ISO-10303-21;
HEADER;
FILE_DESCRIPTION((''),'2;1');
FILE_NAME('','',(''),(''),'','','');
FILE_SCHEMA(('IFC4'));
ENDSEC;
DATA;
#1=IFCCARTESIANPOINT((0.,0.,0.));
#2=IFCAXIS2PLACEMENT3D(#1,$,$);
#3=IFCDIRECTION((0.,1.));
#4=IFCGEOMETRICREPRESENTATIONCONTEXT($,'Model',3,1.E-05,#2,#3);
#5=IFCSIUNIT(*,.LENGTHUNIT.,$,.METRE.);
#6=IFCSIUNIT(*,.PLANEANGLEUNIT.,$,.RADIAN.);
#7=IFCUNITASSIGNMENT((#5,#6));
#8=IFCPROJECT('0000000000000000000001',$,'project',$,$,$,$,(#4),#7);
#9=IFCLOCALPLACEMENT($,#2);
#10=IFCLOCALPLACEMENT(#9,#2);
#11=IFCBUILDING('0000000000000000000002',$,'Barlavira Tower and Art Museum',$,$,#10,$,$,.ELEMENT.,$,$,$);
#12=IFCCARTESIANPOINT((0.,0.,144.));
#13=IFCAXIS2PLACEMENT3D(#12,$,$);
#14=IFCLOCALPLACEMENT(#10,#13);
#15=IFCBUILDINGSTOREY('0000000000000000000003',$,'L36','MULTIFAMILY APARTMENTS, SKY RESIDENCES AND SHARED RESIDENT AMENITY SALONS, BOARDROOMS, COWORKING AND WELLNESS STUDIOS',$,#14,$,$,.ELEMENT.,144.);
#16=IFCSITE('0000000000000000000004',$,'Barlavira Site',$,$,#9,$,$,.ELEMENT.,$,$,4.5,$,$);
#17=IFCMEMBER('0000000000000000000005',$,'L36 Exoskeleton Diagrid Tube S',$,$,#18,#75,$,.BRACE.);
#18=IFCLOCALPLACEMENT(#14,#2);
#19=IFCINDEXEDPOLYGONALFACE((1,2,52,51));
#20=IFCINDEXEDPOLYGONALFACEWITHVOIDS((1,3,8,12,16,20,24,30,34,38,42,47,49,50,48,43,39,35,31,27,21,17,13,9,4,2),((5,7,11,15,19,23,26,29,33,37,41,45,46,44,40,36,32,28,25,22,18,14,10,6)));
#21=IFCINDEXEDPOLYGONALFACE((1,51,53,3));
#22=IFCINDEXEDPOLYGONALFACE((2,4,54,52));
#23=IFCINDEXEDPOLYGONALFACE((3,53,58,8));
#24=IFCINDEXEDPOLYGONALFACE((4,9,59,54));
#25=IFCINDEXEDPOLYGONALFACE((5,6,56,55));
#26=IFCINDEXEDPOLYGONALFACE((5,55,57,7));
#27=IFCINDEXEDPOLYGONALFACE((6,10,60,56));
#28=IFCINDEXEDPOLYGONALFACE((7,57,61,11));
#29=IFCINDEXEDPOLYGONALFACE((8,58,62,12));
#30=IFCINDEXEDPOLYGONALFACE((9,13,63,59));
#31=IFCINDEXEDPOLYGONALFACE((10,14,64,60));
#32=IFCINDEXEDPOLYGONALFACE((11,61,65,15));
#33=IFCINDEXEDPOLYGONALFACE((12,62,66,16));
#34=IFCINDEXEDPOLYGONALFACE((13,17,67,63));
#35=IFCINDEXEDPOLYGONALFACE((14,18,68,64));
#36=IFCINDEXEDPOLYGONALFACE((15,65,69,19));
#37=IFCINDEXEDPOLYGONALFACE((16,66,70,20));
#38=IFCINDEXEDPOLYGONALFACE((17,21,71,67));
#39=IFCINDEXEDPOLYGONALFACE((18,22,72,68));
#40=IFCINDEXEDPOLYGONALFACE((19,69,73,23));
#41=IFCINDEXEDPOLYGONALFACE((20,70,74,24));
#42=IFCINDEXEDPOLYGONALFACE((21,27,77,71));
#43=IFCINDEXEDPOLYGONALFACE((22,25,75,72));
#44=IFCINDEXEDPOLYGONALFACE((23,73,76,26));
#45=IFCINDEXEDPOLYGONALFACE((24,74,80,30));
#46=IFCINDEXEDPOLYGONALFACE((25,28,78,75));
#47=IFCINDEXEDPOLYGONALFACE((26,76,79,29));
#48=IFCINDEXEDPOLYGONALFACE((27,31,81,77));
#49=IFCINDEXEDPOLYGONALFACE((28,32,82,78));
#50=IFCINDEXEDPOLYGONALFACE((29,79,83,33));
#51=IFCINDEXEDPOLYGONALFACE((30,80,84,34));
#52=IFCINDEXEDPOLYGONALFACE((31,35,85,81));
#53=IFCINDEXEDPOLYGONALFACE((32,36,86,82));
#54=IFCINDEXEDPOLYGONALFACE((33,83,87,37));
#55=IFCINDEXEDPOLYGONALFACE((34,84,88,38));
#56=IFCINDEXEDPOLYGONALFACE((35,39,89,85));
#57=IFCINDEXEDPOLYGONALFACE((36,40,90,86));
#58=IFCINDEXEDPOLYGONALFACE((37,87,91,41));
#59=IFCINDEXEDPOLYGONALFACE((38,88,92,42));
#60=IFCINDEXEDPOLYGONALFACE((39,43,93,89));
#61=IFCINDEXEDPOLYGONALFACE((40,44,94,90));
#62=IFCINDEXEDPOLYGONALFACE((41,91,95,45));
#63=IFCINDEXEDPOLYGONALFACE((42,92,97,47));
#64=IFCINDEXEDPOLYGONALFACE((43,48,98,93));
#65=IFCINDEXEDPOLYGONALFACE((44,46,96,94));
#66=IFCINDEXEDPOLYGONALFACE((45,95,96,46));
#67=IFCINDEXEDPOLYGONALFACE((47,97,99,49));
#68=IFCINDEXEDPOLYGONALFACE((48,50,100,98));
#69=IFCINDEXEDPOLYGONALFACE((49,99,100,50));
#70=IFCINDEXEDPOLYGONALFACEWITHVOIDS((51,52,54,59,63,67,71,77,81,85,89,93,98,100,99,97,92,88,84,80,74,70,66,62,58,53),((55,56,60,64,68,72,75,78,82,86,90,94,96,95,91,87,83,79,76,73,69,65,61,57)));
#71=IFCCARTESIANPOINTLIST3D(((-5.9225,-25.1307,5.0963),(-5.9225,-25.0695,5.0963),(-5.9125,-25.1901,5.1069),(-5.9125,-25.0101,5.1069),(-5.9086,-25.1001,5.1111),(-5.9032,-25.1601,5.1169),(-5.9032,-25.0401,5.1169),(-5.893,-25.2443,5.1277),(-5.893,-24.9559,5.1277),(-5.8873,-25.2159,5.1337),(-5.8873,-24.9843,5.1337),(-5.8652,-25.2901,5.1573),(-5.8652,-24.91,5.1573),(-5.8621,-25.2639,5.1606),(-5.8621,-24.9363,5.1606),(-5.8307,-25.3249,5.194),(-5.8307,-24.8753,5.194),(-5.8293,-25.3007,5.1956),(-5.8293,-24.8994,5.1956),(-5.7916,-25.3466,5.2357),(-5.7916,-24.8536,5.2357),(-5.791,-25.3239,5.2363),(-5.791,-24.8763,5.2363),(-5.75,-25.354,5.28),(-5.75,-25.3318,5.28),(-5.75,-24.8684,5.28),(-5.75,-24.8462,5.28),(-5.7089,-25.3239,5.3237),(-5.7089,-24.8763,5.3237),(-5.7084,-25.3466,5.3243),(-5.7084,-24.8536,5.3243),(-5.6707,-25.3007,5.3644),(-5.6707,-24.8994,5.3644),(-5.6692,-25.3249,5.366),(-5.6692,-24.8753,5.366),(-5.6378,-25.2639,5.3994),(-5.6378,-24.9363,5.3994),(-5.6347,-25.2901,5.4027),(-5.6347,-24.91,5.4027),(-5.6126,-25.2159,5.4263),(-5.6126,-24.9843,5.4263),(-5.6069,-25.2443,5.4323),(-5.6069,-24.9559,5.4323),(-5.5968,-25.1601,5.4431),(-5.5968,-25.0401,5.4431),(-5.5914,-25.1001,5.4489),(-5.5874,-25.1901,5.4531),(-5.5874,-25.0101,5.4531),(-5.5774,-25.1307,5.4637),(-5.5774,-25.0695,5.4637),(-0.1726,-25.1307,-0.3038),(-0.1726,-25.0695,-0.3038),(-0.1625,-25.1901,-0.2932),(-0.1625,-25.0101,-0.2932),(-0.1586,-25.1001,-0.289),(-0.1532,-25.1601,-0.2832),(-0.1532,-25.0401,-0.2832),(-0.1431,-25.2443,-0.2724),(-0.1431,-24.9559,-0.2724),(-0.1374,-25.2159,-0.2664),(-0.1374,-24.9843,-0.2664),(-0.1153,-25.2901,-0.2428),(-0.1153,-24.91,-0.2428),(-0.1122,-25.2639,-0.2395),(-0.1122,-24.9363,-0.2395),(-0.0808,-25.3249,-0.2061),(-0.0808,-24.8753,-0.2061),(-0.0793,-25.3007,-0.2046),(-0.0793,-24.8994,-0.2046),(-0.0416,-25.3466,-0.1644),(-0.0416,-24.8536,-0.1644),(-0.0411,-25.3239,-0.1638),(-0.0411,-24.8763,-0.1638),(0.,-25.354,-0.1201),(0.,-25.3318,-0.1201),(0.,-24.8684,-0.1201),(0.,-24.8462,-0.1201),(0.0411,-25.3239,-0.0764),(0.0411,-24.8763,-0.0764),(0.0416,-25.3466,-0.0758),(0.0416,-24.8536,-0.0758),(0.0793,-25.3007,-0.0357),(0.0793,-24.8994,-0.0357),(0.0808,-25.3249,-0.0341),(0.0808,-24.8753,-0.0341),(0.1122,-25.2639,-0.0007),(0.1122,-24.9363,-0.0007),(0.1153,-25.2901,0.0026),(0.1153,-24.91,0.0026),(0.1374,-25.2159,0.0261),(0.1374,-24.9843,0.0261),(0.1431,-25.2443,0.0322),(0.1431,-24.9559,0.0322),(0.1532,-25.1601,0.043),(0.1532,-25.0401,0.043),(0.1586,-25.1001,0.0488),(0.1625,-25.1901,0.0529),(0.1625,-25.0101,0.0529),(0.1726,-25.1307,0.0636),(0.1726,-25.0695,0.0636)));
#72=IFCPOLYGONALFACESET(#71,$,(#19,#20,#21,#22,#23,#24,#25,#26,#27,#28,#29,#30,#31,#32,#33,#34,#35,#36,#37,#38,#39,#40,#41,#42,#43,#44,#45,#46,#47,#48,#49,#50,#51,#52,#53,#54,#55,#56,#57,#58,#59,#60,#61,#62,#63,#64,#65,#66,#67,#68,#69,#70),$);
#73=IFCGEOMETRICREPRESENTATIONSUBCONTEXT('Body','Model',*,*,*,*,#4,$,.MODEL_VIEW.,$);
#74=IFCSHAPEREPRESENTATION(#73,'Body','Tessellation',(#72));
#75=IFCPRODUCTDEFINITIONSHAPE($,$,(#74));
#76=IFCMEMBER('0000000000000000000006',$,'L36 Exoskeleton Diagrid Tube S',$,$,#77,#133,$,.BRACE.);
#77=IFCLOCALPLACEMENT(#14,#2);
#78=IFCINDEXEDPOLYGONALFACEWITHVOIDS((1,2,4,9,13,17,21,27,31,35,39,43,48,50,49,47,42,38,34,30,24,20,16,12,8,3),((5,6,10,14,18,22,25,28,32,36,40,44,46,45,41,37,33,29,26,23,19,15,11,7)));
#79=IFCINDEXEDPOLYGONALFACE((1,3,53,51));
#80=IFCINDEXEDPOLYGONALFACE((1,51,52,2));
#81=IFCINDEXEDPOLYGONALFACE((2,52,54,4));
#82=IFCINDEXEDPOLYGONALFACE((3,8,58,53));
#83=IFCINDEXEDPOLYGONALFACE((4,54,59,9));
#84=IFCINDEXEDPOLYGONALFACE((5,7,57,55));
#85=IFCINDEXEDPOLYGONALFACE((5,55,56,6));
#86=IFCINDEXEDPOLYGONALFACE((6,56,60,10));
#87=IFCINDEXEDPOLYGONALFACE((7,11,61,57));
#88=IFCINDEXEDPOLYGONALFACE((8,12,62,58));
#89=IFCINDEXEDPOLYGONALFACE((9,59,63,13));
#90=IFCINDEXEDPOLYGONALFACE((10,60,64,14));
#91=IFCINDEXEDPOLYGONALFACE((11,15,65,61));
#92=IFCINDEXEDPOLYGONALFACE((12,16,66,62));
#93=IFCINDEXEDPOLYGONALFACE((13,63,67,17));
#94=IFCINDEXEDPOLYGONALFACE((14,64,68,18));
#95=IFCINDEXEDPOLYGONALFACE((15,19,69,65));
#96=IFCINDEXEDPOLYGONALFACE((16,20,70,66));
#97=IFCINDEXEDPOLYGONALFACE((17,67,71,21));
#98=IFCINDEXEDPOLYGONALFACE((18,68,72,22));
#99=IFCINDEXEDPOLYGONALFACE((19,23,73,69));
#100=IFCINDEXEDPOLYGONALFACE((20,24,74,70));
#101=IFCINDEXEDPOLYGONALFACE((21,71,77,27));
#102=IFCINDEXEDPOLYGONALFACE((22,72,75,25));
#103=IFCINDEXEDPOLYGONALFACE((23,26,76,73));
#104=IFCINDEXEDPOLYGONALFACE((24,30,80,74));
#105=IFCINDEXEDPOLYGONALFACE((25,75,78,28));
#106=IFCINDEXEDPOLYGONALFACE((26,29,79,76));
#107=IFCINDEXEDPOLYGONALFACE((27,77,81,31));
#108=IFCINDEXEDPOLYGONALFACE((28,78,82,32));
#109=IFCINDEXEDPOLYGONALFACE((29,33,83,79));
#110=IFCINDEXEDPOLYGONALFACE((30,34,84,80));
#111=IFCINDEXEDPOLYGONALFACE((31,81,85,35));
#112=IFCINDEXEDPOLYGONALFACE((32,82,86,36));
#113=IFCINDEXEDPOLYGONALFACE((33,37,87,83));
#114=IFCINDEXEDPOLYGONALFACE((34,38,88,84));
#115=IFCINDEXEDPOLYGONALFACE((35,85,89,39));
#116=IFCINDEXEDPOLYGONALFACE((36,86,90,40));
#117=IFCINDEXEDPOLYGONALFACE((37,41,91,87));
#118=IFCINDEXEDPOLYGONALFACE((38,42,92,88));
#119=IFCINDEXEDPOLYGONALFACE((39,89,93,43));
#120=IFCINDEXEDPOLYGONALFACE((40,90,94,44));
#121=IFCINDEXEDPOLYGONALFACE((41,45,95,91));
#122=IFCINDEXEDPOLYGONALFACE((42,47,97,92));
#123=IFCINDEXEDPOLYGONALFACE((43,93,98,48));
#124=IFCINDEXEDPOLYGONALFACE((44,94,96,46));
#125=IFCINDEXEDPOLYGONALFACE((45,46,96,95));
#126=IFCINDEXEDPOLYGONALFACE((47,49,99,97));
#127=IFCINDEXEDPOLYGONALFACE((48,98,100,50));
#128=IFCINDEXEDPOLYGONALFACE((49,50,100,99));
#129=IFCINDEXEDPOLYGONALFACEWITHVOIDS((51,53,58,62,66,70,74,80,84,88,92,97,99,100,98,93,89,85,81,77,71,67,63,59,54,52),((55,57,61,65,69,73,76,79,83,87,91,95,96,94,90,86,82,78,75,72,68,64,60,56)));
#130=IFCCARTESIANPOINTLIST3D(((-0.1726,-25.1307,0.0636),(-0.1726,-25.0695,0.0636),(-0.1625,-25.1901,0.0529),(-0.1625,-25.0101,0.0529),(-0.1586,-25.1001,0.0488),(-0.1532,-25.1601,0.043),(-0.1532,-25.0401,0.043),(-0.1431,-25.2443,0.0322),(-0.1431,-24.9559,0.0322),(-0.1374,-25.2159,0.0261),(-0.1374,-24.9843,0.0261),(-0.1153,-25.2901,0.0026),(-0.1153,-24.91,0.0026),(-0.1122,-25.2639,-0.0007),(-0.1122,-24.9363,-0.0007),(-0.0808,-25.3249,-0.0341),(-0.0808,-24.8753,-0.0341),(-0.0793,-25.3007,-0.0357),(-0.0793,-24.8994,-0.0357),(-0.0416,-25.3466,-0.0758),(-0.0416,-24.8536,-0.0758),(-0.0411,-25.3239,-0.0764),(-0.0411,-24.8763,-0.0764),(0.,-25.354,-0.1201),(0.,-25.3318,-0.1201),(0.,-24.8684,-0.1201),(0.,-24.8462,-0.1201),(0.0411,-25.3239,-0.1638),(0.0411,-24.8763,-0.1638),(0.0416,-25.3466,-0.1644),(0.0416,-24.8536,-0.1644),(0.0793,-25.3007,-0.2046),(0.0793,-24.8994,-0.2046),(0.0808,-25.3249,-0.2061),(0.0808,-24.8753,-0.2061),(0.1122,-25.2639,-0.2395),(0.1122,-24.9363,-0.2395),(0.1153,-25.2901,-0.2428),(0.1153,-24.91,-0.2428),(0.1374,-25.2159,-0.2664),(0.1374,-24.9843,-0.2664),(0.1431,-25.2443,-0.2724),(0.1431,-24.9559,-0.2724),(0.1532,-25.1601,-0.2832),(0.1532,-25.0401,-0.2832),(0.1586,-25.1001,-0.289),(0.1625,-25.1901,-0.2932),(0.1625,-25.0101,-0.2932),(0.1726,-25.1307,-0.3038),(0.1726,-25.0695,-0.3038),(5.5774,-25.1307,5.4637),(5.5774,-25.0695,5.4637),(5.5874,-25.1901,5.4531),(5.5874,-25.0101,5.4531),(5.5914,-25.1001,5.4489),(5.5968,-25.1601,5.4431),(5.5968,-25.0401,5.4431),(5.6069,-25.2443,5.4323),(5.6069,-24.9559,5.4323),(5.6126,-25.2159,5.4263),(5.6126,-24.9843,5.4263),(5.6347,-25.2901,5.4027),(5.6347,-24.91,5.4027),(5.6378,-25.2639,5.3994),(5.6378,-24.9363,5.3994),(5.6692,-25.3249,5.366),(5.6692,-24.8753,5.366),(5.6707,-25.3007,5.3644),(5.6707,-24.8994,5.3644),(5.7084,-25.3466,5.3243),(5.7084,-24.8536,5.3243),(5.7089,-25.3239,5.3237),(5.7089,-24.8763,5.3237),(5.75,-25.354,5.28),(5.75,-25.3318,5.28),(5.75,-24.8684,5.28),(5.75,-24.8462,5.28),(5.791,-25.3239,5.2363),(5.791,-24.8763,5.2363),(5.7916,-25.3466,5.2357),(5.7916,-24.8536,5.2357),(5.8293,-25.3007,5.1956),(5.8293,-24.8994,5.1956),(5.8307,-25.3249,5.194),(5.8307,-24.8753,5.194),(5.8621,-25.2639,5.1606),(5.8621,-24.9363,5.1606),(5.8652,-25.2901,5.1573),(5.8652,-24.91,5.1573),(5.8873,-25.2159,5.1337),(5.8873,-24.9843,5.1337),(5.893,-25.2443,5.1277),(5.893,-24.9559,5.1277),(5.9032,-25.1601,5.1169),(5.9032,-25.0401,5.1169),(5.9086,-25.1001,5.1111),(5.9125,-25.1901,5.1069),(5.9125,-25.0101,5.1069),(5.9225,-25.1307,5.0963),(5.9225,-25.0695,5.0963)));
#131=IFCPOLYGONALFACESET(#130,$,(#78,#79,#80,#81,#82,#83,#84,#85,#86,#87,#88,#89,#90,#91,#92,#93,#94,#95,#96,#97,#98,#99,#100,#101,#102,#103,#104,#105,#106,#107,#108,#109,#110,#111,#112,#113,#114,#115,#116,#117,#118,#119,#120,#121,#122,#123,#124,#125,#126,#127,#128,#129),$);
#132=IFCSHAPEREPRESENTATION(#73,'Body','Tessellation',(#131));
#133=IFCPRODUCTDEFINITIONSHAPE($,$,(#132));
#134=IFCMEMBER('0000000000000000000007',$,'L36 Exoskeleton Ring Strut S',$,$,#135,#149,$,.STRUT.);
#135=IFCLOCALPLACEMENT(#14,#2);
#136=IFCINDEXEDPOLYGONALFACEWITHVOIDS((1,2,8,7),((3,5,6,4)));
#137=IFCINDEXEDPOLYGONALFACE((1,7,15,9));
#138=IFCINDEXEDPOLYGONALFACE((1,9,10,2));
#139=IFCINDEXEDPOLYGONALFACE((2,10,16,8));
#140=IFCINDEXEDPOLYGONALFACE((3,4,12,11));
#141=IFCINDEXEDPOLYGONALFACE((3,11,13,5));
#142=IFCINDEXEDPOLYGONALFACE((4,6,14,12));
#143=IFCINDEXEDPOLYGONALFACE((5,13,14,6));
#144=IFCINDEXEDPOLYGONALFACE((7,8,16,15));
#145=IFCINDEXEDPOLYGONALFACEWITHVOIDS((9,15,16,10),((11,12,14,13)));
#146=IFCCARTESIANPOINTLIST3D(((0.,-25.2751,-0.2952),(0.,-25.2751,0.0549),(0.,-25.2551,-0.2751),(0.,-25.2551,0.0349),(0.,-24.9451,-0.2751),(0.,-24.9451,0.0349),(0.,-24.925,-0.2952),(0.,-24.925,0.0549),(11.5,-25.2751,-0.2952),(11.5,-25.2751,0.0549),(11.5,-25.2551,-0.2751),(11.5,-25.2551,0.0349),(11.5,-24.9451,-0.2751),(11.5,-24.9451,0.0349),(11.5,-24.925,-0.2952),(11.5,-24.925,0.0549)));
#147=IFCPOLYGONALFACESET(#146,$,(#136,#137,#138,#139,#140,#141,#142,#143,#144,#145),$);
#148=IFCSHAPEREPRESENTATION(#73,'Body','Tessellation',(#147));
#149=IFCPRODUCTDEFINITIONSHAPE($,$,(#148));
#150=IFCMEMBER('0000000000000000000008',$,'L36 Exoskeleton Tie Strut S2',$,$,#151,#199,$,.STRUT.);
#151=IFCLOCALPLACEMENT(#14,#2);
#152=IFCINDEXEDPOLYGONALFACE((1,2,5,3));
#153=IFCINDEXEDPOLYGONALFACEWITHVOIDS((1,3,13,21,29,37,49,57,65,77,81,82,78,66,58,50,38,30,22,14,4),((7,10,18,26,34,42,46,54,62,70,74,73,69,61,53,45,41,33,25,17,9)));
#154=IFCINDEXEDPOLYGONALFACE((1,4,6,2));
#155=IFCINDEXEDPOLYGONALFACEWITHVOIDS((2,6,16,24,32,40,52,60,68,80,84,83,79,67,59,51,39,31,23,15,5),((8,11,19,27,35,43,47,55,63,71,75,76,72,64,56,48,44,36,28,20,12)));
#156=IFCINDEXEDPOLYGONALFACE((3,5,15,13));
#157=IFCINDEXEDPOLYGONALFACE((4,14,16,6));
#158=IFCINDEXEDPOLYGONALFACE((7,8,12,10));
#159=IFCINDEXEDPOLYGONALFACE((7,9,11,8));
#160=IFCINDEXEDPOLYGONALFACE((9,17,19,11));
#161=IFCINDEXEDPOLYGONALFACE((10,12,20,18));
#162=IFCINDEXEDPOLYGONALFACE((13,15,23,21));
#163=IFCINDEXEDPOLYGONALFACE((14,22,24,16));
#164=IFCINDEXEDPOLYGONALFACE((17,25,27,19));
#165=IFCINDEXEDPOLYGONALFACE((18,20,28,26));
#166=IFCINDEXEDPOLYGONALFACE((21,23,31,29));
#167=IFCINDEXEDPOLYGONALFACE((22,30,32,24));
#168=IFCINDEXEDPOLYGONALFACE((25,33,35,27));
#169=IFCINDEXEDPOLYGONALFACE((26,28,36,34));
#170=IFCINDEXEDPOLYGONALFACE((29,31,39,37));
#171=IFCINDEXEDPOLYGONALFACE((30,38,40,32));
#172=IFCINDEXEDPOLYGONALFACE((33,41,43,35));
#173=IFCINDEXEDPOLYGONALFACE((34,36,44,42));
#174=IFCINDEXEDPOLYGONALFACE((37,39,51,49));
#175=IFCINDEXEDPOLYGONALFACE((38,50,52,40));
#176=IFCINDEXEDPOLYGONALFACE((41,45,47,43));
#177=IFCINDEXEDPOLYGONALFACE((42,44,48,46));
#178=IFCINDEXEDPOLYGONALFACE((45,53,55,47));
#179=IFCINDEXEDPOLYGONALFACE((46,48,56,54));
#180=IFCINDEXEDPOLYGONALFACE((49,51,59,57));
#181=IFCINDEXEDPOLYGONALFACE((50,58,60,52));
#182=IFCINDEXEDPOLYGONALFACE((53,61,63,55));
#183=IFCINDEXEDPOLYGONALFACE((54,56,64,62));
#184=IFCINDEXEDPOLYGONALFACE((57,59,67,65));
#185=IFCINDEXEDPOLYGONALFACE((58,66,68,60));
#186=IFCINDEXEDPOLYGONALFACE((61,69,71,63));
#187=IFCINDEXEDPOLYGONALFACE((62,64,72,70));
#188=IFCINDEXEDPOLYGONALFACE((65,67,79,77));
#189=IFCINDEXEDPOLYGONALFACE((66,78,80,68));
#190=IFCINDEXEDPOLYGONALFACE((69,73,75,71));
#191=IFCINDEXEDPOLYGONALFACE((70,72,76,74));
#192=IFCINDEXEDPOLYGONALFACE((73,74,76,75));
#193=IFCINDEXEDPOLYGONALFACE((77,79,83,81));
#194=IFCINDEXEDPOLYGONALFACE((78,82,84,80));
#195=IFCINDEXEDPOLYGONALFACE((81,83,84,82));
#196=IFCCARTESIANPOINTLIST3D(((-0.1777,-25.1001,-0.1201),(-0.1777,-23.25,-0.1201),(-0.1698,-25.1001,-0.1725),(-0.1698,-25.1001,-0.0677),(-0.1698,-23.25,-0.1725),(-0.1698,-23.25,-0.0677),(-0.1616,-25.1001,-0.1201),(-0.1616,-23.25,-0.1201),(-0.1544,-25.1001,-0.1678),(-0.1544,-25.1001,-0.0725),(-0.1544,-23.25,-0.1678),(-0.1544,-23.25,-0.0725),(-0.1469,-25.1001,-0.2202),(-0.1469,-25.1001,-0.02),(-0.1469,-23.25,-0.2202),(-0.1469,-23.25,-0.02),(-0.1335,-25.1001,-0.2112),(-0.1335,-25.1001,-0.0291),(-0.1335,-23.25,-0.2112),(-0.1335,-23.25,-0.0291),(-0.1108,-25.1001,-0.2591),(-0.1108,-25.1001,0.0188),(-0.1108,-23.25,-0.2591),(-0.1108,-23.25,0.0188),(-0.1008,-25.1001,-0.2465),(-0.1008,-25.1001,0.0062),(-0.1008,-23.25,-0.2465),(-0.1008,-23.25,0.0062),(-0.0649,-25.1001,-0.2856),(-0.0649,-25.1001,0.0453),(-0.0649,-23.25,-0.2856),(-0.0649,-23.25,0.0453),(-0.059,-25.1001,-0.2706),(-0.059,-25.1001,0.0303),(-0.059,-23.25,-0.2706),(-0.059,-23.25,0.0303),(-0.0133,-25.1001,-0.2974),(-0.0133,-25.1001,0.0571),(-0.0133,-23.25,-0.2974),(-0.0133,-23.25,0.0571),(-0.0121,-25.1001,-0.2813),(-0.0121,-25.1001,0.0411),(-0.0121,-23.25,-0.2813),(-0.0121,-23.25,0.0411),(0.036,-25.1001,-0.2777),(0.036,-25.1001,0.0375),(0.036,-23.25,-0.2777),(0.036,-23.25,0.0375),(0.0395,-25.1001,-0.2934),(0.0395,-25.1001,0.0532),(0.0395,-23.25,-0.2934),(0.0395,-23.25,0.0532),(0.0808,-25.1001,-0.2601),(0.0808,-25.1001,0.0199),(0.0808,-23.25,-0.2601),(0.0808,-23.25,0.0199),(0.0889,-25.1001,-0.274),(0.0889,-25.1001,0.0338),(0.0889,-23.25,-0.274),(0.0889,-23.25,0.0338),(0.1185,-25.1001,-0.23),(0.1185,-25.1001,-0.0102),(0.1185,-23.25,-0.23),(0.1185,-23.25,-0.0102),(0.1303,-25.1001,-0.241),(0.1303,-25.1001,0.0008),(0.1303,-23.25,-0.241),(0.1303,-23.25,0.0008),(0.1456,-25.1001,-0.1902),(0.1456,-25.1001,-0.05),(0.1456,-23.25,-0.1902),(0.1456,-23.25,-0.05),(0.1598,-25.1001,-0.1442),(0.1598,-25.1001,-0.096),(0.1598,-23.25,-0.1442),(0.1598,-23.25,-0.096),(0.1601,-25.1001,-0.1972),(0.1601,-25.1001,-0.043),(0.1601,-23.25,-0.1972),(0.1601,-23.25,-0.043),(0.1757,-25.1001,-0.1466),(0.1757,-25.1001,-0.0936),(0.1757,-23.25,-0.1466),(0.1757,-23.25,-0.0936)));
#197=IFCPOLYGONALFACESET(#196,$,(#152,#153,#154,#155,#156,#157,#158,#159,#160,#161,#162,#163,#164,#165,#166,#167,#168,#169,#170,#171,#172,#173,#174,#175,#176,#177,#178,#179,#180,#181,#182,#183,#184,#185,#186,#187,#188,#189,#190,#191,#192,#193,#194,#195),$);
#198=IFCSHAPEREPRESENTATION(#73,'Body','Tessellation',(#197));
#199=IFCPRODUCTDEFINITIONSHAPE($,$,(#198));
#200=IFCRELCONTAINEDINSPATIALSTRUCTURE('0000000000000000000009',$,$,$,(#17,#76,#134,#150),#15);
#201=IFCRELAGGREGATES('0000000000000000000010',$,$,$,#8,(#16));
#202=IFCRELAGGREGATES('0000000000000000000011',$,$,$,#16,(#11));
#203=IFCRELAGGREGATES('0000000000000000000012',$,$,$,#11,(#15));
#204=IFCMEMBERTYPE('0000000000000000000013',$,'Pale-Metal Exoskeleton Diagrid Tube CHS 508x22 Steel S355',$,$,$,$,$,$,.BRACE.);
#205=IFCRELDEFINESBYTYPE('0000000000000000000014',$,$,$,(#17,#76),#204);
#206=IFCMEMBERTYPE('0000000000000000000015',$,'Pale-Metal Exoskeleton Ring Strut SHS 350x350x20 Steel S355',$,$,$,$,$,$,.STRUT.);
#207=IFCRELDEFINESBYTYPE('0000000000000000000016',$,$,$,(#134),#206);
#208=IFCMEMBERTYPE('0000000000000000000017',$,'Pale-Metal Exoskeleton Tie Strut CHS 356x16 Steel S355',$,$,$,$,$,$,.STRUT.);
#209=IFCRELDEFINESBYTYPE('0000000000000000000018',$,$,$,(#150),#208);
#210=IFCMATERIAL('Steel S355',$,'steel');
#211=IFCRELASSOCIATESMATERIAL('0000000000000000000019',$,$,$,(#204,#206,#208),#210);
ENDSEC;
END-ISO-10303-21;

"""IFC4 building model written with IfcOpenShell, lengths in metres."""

from ifc_helpers import new_model, si_unit, direction, frame, origin, origin_2d, place, context, subcontext, project, spatial, hollow_rectangle, hollow_circle, extrude, material, material_profile, profile_set, type_object, element, save


model = new_model("IFC4")

# Units and contexts
model_context = context("Model", 3, precision=1e-05, world=origin(), true_north=direction((0.0, 1.0)))
body_context = subcontext(model_context, "Body", "Model", "MODEL_VIEW")
ifc_project = project(units=[si_unit("LENGTHUNIT", "METRE"), si_unit("PLANEANGLEUNIT", "RADIAN")], contexts=[model_context])

# Site, building, storey
site_placement = place(None, origin())
site = spatial("IfcSite", under=ifc_project, at=site_placement, Name="Barlavira Site", CompositionType="ELEMENT", RefElevation=4.5)
building_placement = place(site_placement, origin())
building = spatial("IfcBuilding", under=site, at=building_placement, Name="Barlavira Tower and Art Museum", CompositionType="ELEMENT")
storey_placement = place(building_placement, frame((0.0, 0.0, 144.0)))
storey = spatial("IfcBuildingStorey", under=building, at=storey_placement, Name="L36", Description="MULTIFAMILY APARTMENTS, SKY RESIDENCES AND SHARED RESIDENT AMENITY SALONS, BOARDROOMS, COWORKING AND WELLNESS STUDIOS", CompositionType="ELEMENT", Elevation=144.0)

# Members
ifc_material_1 = material(Name="Steel S355", Category="steel")
ifc_material_profile_1 = material_profile(ifc_material_1, hollow_circle(Radius=0.2539, WallThickness=0.0222, at=origin_2d()), Name="CHS 508.0x22.2")
ifc_profile_set_1 = profile_set([ifc_material_profile_1], Name="Steel S355")
member_type_1 = type_object("IfcMemberType", Name="Pale-Metal Exoskeleton Diagrid Tube CHS 508x22 Steel S355", PredefinedType="BRACE", material=ifc_profile_set_1)
for number, where, z_axis, x_axis, name in (
    (1, (0.0, -25.1001, -0.1201), (-0.728935, 0.0, 0.684583), (0.0, -1.0, 0.0), "L36 Exoskeleton Diagrid Tube S"),
    (2, (0.0, -25.1001, -0.1201), (0.728935, 0.0, 0.684583), (0.0, 1.0, 0.0), "L36 Exoskeleton Diagrid Tube S"),
):
    element("IfcMember", number, at=place(storey_placement, frame(where, z_axis=z_axis, x_axis=x_axis)), inside=storey, type_object=member_type_1, Name=name, PredefinedType="BRACE", context=body_context, shape_type="SweptSolid", body=[
        extrude(hollow_circle(Radius=0.2539, WallThickness=0.0222, at=origin_2d()), origin(), (0.0, 0.0, 1.0), 7.8882),
    ])
ifc_material_profile_2 = material_profile(ifc_material_1, hollow_rectangle(XDim=0.3501, YDim=0.3501, WallThickness=0.02, at=origin_2d()), Name="SHS 350x350x20.0")
ifc_profile_set_2 = profile_set([ifc_material_profile_2], Name="Steel S355")
member_type_2 = type_object("IfcMemberType", Name="Pale-Metal Exoskeleton Ring Strut SHS 350x350x20 Steel S355", PredefinedType="STRUT", material=ifc_profile_set_2)
member_1_placement = place(storey_placement, frame((0.0, -25.1001, -0.1201), z_axis=(1.0, 0.0, 0.0), x_axis=(0.0, 1.0, 0.0)))
element("IfcMember", 3, at=member_1_placement, inside=storey, type_object=member_type_2, Name="L36 Exoskeleton Ring Strut S", PredefinedType="STRUT", context=body_context, shape_type="SweptSolid", body=[
    extrude(hollow_rectangle(XDim=0.3501, YDim=0.3501, WallThickness=0.02, at=origin_2d()), origin(), (0.0, 0.0, 1.0), 11.5),
])
ifc_material_profile_3 = material_profile(ifc_material_1, hollow_circle(Radius=0.1777, WallThickness=0.0161, at=origin_2d()), Name="CHS 355.6x16.0")
ifc_profile_set_3 = profile_set([ifc_material_profile_3], Name="Steel S355")
member_type_3 = type_object("IfcMemberType", Name="Pale-Metal Exoskeleton Tie Strut CHS 356x16 Steel S355", PredefinedType="STRUT", material=ifc_profile_set_3)
member_2_placement = place(storey_placement, frame((0.0, -25.1001, -0.1201), z_axis=(0.0, 1.0, 0.0), x_axis=(-1.0, 0.0, 0.0)))
element("IfcMember", 4, at=member_2_placement, inside=storey, type_object=member_type_3, Name="L36 Exoskeleton Tie Strut S2", PredefinedType="STRUT", context=body_context, shape_type="SweptSolid", body=[
    extrude(hollow_circle(Radius=0.1777, WallThickness=0.0161, at=origin_2d()), origin(), (0.0, 0.0, 1.0), 1.8501),
])

save(model, "model.ifc")
